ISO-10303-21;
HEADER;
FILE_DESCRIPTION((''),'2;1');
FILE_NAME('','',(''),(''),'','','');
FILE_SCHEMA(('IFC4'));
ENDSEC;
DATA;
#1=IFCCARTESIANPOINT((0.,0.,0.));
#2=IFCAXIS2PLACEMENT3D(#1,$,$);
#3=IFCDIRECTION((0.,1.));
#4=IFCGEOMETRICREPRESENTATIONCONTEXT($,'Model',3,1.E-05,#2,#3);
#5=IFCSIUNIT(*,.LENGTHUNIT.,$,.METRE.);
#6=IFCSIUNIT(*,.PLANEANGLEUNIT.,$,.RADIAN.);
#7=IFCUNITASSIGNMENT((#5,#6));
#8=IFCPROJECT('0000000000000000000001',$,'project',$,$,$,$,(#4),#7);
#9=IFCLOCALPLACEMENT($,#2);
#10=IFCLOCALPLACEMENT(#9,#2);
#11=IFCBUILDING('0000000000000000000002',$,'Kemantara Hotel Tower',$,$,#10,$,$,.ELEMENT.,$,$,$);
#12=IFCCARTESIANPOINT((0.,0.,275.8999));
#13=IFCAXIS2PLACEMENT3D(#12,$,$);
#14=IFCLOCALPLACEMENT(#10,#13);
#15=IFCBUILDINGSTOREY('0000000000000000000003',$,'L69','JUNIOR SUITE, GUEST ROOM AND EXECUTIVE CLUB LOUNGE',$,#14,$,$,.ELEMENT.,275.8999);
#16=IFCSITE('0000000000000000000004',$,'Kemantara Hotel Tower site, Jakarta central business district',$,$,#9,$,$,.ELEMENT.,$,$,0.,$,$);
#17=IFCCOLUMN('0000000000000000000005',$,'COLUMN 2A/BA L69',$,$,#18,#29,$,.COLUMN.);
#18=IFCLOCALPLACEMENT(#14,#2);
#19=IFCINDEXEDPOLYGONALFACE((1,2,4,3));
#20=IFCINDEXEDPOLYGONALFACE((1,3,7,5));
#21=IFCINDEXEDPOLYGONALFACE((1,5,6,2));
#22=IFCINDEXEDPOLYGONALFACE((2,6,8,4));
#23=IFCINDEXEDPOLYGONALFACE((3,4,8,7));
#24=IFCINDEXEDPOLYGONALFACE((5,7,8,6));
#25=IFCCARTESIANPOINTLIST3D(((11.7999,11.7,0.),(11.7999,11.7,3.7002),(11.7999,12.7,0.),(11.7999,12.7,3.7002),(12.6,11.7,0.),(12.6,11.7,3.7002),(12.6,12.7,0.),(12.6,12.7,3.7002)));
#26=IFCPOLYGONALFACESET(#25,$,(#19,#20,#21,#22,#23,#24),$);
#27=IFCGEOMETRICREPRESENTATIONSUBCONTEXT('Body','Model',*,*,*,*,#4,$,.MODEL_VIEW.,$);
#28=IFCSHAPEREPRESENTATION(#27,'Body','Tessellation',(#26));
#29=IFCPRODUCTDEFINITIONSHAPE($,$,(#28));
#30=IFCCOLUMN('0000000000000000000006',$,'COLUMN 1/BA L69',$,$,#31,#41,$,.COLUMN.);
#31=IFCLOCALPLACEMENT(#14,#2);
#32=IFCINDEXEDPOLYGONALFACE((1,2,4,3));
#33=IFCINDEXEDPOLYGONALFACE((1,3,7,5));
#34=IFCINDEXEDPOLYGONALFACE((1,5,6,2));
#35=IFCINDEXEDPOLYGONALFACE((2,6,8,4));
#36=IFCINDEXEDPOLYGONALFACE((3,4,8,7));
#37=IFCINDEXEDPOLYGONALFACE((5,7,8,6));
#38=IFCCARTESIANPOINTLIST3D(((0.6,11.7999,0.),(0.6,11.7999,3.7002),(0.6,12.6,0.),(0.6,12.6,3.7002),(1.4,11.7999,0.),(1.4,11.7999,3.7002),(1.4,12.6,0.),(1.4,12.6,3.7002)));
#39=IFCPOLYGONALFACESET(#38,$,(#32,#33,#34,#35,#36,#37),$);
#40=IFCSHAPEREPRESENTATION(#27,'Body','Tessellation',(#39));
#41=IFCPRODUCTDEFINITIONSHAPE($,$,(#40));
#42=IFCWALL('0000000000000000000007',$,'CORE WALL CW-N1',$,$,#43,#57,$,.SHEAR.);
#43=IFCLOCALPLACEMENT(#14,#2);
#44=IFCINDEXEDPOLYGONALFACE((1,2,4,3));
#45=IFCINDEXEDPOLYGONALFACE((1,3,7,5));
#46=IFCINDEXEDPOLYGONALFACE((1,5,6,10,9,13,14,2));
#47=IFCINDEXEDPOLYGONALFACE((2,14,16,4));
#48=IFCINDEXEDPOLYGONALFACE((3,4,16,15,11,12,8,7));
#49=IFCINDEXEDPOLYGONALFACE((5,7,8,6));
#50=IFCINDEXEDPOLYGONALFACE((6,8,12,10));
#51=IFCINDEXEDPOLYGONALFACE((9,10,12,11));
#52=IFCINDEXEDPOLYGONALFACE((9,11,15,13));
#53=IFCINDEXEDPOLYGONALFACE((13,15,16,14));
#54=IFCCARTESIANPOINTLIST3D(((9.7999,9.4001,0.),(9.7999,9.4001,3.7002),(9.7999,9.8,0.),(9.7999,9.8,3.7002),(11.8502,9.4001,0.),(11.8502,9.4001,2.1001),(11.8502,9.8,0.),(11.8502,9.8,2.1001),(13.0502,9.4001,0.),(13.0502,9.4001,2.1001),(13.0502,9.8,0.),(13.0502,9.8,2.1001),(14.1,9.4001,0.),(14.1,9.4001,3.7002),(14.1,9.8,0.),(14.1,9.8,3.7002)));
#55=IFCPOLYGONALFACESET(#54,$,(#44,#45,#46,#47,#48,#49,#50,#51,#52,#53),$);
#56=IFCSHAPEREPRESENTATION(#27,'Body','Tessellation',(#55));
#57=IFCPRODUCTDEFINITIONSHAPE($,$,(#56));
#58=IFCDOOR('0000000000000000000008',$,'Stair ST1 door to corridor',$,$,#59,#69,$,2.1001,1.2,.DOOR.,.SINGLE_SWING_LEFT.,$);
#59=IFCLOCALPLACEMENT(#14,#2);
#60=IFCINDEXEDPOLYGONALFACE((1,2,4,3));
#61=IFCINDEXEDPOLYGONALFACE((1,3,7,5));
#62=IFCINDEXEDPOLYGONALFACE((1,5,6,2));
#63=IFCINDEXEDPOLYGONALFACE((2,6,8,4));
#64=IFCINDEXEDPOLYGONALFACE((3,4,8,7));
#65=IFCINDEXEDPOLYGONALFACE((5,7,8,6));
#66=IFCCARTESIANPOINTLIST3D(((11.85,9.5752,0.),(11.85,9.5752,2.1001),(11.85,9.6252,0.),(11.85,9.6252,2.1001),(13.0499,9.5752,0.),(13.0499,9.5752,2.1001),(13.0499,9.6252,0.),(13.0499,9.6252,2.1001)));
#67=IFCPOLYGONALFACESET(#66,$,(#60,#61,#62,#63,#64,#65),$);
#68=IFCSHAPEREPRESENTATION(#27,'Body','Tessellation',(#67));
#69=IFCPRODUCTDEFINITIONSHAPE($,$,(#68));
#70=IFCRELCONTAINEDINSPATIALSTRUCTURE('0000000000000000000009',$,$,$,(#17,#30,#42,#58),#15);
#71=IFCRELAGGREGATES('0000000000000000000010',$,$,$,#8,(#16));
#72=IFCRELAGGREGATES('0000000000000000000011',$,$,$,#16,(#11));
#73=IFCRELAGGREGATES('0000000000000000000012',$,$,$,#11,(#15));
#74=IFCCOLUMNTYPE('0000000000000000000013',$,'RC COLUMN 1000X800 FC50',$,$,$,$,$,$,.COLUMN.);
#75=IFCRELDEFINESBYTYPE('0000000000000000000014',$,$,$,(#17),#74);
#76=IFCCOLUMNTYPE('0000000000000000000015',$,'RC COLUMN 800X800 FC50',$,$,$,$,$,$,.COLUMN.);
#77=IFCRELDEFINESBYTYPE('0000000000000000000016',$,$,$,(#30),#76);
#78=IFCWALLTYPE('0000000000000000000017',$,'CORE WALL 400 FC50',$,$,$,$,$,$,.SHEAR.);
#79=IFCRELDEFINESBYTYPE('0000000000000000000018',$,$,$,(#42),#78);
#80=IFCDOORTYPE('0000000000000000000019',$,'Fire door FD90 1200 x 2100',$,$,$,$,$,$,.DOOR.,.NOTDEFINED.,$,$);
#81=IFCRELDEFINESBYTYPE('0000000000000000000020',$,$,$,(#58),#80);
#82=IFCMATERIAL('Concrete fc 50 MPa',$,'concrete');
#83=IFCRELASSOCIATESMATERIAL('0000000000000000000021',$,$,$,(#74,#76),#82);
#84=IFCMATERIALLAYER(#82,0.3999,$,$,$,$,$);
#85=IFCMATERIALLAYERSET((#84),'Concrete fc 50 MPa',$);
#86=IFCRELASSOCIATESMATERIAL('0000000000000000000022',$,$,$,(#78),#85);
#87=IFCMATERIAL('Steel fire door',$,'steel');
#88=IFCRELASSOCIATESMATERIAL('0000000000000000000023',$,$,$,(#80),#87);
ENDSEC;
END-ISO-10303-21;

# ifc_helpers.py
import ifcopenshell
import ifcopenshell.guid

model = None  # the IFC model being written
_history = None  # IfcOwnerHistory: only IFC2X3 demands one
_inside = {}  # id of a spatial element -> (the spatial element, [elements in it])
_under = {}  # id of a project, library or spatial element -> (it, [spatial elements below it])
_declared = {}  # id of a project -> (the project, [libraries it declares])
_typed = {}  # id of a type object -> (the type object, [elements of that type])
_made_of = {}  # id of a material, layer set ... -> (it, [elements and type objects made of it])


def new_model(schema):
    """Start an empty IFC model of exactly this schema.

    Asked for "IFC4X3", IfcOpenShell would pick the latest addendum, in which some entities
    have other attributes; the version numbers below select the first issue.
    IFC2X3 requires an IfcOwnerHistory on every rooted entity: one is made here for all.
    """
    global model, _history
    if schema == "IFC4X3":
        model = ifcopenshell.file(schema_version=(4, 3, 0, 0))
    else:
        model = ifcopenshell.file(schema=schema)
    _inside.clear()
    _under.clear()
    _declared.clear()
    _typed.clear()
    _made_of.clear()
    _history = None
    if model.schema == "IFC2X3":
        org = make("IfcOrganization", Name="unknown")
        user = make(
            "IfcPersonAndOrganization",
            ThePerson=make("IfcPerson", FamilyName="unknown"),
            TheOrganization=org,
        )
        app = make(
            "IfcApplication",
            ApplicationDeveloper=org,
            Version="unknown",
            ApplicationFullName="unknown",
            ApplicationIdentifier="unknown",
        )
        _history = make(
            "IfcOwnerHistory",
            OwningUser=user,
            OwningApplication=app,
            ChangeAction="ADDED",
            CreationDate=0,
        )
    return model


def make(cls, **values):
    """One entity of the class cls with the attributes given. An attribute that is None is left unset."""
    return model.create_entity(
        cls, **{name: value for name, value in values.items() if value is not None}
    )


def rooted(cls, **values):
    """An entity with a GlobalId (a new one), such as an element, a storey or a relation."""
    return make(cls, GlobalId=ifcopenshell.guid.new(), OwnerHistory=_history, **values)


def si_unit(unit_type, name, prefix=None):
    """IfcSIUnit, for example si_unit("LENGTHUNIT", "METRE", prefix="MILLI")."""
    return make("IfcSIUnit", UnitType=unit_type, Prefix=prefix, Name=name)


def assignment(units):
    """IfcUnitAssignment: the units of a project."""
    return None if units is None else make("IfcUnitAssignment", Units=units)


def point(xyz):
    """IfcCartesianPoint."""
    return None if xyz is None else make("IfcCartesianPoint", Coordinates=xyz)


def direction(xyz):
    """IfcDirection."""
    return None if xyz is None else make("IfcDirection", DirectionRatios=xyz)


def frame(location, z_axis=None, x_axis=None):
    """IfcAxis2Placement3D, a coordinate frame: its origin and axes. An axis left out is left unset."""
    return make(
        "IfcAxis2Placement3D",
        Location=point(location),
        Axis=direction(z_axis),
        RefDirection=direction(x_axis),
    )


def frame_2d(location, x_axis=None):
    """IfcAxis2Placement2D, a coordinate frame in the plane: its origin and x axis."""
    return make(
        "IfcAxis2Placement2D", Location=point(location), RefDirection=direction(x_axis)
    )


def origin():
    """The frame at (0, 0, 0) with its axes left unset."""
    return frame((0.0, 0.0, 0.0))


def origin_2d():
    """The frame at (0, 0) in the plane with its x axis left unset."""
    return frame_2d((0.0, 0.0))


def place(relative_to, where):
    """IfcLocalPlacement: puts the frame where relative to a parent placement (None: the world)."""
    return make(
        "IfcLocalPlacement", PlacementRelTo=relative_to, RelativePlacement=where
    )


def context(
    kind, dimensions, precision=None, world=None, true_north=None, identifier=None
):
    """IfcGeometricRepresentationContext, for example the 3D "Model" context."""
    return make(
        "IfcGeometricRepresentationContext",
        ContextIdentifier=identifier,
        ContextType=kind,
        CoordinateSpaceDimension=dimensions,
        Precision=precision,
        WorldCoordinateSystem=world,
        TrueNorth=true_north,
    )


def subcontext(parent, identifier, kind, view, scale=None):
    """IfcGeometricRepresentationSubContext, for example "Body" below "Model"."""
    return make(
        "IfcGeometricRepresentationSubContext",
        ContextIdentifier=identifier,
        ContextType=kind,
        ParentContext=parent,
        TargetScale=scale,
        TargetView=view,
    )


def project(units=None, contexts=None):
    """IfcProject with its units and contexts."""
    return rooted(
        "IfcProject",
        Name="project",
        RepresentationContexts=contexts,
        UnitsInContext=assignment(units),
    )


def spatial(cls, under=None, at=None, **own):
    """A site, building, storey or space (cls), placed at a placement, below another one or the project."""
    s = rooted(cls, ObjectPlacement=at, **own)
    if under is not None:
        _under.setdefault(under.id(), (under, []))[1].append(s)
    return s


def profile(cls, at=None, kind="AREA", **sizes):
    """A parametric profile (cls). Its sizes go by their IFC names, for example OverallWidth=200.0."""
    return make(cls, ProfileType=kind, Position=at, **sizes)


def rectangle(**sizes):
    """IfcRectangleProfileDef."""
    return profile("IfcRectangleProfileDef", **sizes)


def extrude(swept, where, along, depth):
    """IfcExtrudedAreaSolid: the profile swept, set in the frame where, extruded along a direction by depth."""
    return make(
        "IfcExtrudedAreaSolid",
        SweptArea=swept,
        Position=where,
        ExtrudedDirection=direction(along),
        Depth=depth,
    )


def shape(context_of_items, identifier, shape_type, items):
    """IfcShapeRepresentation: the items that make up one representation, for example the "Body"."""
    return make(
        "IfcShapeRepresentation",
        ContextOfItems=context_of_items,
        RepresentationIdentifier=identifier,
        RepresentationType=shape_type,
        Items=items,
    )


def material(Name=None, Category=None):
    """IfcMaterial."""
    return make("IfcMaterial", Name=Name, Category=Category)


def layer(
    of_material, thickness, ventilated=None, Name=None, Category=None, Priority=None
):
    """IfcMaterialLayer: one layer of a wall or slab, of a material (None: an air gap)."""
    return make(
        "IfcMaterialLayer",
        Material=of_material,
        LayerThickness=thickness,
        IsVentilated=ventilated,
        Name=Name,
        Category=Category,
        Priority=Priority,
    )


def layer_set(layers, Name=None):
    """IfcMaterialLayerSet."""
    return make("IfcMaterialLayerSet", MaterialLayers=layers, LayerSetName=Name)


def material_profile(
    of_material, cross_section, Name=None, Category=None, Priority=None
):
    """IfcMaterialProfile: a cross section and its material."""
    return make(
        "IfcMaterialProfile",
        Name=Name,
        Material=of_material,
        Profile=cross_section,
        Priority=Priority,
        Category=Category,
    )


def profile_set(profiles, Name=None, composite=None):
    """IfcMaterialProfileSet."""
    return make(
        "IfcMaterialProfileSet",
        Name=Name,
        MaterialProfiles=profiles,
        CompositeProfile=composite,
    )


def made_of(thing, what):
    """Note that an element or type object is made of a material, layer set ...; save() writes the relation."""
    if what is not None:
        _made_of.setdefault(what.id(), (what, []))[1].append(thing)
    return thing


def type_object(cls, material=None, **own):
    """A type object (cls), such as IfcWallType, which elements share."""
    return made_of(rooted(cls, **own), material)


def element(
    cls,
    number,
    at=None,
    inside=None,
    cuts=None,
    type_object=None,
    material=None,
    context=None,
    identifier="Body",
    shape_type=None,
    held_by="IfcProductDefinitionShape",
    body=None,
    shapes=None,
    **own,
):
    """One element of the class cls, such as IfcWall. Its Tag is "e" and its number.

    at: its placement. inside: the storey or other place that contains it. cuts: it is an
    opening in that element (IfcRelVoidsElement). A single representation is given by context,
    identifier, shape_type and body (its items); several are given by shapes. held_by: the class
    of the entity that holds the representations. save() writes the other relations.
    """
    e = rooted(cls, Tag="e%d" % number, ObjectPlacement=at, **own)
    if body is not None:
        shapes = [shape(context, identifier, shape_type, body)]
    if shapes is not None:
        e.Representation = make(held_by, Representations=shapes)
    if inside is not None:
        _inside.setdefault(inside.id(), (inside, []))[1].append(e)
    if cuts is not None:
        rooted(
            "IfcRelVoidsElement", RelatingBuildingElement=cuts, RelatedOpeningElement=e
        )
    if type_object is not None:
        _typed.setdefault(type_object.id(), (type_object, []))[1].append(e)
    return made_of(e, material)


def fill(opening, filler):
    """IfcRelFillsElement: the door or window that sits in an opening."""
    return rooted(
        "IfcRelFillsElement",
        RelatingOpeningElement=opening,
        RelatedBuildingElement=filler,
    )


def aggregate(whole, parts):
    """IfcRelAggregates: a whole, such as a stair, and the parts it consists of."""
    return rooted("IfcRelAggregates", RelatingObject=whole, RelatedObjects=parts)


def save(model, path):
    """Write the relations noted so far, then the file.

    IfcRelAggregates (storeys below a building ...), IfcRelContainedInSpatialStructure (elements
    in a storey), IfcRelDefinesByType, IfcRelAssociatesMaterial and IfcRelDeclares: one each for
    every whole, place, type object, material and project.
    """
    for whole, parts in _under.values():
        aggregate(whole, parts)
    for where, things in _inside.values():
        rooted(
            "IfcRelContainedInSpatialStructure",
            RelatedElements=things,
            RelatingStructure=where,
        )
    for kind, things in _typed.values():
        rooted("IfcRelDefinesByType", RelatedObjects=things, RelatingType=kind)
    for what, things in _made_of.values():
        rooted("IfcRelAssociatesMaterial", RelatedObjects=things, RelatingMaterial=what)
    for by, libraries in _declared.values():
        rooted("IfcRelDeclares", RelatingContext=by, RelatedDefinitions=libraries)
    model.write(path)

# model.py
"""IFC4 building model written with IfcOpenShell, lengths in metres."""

from ifc_helpers import new_model, si_unit, direction, frame, frame_2d, origin, origin_2d, place, context, subcontext, project, spatial, rectangle, extrude, material, layer, layer_set, material_profile, profile_set, type_object, element, fill, save


model = new_model("IFC4")

# Units and contexts
model_context = context("Model", 3, precision=1e-05, world=origin(), true_north=direction((0.0, 1.0)))
body_context = subcontext(model_context, "Body", "Model", "MODEL_VIEW")
ifc_project = project(units=[si_unit("LENGTHUNIT", "METRE"), si_unit("PLANEANGLEUNIT", "RADIAN")], contexts=[model_context])

# Site, building, storey
site_placement = place(None, origin())
site = spatial("IfcSite", under=ifc_project, at=site_placement, Name="Kemantara Hotel Tower site, Jakarta central business district", CompositionType="ELEMENT", RefElevation=0.0)
building_placement = place(site_placement, origin())
building = spatial("IfcBuilding", under=site, at=building_placement, Name="Kemantara Hotel Tower", CompositionType="ELEMENT")
storey_placement = place(building_placement, frame((0.0, 0.0, 275.8999)))
storey = spatial("IfcBuildingStorey", under=building, at=storey_placement, Name="L69", Description="JUNIOR SUITE, GUEST ROOM AND EXECUTIVE CLUB LOUNGE", CompositionType="ELEMENT", Elevation=275.8999)

# Columns
ifc_material_1 = material(Name="Concrete fc 50 MPa", Category="concrete")
ifc_material_profile_1 = material_profile(ifc_material_1, rectangle(XDim=1.0, YDim=0.8, at=origin_2d()), Name="RC 1000X800")
ifc_profile_set_1 = profile_set([ifc_material_profile_1], Name="Concrete fc 50 MPa")
column_type_1 = type_object("IfcColumnType", Name="RC COLUMN 1000X800 FC50", PredefinedType="COLUMN", material=ifc_profile_set_1)
column_1_placement = place(storey_placement, frame((12.2, 12.2, 0.0), z_axis=(0.0, 0.0, 1.0), x_axis=(0.0, 1.0, 0.0)))
element("IfcColumn", 1, at=column_1_placement, inside=storey, type_object=column_type_1, Name="COLUMN 2A/BA L69", PredefinedType="COLUMN", context=body_context, shape_type="SweptSolid", body=[
    extrude(rectangle(XDim=1.0, YDim=0.8, at=origin_2d()), origin(), (0.0, 0.0, 1.0), 3.7002),
])
ifc_material_profile_2 = material_profile(ifc_material_1, rectangle(XDim=0.8, YDim=0.8, at=origin_2d()), Name="RC 800X800")
ifc_profile_set_2 = profile_set([ifc_material_profile_2], Name="Concrete fc 50 MPa")
column_type_2 = type_object("IfcColumnType", Name="RC COLUMN 800X800 FC50", PredefinedType="COLUMN", material=ifc_profile_set_2)
column_2_placement = place(storey_placement, frame((1.0, 12.2, 0.0), z_axis=(0.0, 0.0, 1.0), x_axis=(1.0, 0.0, 0.0)))
element("IfcColumn", 2, at=column_2_placement, inside=storey, type_object=column_type_2, Name="COLUMN 1/BA L69", PredefinedType="COLUMN", context=body_context, shape_type="SweptSolid", body=[
    extrude(rectangle(XDim=0.8, YDim=0.8, at=origin_2d()), origin(), (0.0, 0.0, 1.0), 3.7002),
])

# Wall, opening, door
ifc_layer_1 = layer(ifc_material_1, 0.3999)
ifc_layer_set_1 = layer_set([ifc_layer_1], Name="Concrete fc 50 MPa")
wall_type_1 = type_object("IfcWallType", Name="CORE WALL 400 FC50", PredefinedType="SHEAR", material=ifc_layer_set_1)
wall_1_placement = place(storey_placement, frame((9.8, 9.6001, 0.0), z_axis=(0.0, 0.0, 1.0), x_axis=(1.0, 0.0, 0.0)))
wall_1 = element("IfcWall", 3, at=wall_1_placement, inside=storey, type_object=wall_type_1, Name="CORE WALL CW-N1", PredefinedType="SHEAR", context=body_context, shape_type="SweptSolid", body=[
    extrude(rectangle(XDim=4.3, YDim=0.3999, at=frame_2d((2.1499, 0.0))), origin(), (0.0, 0.0, 1.0), 3.7002),
])
opening_1_placement = place(wall_1_placement, frame((2.05, 0.0, 0.0)))
opening_1 = element("IfcOpeningElement", 4, at=opening_1_placement, cuts=wall_1, PredefinedType="OPENING", context=body_context, shape_type="SweptSolid", body=[
    extrude(rectangle(XDim=1.2, YDim=2.1001, at=frame_2d((0.6001, 1.05))), frame((0.0, 0.21, 0.0), z_axis=(0.0, -1.0, 0.0), x_axis=(1.0, 0.0, 0.0)), (0.0, 0.0, 1.0), 0.4199),
])
ifc_material_2 = material(Name="Steel fire door", Category="steel")
door_type_1 = type_object("IfcDoorType", Name="Fire door FD90 1200 x 2100", OperationType="NOTDEFINED", PredefinedType="DOOR", material=ifc_material_2)
door_1_placement = place(opening_1_placement, frame((1.2, 0.0, 0.0), z_axis=(0.0, 0.0, 1.0), x_axis=(-1.0, 0.0, 0.0)))
door_1 = element("IfcDoor", 5, at=door_1_placement, inside=storey, type_object=door_type_1, Name="Stair ST1 door to corridor", OperationType="SINGLE_SWING_LEFT", OverallHeight=2.1001, OverallWidth=1.2, PredefinedType="DOOR", context=body_context, shape_type="SweptSolid", body=[
    extrude(rectangle(XDim=1.2, YDim=2.1001, at=frame_2d((0.6001, 1.05))), frame((0.0, 0.0249, 0.0), z_axis=(0.0, -1.0, 0.0), x_axis=(1.0, 0.0, 0.0)), (0.0, 0.0, 1.0), 0.05),
])
fill(opening_1, door_1)

save(model, "model.ifc")
